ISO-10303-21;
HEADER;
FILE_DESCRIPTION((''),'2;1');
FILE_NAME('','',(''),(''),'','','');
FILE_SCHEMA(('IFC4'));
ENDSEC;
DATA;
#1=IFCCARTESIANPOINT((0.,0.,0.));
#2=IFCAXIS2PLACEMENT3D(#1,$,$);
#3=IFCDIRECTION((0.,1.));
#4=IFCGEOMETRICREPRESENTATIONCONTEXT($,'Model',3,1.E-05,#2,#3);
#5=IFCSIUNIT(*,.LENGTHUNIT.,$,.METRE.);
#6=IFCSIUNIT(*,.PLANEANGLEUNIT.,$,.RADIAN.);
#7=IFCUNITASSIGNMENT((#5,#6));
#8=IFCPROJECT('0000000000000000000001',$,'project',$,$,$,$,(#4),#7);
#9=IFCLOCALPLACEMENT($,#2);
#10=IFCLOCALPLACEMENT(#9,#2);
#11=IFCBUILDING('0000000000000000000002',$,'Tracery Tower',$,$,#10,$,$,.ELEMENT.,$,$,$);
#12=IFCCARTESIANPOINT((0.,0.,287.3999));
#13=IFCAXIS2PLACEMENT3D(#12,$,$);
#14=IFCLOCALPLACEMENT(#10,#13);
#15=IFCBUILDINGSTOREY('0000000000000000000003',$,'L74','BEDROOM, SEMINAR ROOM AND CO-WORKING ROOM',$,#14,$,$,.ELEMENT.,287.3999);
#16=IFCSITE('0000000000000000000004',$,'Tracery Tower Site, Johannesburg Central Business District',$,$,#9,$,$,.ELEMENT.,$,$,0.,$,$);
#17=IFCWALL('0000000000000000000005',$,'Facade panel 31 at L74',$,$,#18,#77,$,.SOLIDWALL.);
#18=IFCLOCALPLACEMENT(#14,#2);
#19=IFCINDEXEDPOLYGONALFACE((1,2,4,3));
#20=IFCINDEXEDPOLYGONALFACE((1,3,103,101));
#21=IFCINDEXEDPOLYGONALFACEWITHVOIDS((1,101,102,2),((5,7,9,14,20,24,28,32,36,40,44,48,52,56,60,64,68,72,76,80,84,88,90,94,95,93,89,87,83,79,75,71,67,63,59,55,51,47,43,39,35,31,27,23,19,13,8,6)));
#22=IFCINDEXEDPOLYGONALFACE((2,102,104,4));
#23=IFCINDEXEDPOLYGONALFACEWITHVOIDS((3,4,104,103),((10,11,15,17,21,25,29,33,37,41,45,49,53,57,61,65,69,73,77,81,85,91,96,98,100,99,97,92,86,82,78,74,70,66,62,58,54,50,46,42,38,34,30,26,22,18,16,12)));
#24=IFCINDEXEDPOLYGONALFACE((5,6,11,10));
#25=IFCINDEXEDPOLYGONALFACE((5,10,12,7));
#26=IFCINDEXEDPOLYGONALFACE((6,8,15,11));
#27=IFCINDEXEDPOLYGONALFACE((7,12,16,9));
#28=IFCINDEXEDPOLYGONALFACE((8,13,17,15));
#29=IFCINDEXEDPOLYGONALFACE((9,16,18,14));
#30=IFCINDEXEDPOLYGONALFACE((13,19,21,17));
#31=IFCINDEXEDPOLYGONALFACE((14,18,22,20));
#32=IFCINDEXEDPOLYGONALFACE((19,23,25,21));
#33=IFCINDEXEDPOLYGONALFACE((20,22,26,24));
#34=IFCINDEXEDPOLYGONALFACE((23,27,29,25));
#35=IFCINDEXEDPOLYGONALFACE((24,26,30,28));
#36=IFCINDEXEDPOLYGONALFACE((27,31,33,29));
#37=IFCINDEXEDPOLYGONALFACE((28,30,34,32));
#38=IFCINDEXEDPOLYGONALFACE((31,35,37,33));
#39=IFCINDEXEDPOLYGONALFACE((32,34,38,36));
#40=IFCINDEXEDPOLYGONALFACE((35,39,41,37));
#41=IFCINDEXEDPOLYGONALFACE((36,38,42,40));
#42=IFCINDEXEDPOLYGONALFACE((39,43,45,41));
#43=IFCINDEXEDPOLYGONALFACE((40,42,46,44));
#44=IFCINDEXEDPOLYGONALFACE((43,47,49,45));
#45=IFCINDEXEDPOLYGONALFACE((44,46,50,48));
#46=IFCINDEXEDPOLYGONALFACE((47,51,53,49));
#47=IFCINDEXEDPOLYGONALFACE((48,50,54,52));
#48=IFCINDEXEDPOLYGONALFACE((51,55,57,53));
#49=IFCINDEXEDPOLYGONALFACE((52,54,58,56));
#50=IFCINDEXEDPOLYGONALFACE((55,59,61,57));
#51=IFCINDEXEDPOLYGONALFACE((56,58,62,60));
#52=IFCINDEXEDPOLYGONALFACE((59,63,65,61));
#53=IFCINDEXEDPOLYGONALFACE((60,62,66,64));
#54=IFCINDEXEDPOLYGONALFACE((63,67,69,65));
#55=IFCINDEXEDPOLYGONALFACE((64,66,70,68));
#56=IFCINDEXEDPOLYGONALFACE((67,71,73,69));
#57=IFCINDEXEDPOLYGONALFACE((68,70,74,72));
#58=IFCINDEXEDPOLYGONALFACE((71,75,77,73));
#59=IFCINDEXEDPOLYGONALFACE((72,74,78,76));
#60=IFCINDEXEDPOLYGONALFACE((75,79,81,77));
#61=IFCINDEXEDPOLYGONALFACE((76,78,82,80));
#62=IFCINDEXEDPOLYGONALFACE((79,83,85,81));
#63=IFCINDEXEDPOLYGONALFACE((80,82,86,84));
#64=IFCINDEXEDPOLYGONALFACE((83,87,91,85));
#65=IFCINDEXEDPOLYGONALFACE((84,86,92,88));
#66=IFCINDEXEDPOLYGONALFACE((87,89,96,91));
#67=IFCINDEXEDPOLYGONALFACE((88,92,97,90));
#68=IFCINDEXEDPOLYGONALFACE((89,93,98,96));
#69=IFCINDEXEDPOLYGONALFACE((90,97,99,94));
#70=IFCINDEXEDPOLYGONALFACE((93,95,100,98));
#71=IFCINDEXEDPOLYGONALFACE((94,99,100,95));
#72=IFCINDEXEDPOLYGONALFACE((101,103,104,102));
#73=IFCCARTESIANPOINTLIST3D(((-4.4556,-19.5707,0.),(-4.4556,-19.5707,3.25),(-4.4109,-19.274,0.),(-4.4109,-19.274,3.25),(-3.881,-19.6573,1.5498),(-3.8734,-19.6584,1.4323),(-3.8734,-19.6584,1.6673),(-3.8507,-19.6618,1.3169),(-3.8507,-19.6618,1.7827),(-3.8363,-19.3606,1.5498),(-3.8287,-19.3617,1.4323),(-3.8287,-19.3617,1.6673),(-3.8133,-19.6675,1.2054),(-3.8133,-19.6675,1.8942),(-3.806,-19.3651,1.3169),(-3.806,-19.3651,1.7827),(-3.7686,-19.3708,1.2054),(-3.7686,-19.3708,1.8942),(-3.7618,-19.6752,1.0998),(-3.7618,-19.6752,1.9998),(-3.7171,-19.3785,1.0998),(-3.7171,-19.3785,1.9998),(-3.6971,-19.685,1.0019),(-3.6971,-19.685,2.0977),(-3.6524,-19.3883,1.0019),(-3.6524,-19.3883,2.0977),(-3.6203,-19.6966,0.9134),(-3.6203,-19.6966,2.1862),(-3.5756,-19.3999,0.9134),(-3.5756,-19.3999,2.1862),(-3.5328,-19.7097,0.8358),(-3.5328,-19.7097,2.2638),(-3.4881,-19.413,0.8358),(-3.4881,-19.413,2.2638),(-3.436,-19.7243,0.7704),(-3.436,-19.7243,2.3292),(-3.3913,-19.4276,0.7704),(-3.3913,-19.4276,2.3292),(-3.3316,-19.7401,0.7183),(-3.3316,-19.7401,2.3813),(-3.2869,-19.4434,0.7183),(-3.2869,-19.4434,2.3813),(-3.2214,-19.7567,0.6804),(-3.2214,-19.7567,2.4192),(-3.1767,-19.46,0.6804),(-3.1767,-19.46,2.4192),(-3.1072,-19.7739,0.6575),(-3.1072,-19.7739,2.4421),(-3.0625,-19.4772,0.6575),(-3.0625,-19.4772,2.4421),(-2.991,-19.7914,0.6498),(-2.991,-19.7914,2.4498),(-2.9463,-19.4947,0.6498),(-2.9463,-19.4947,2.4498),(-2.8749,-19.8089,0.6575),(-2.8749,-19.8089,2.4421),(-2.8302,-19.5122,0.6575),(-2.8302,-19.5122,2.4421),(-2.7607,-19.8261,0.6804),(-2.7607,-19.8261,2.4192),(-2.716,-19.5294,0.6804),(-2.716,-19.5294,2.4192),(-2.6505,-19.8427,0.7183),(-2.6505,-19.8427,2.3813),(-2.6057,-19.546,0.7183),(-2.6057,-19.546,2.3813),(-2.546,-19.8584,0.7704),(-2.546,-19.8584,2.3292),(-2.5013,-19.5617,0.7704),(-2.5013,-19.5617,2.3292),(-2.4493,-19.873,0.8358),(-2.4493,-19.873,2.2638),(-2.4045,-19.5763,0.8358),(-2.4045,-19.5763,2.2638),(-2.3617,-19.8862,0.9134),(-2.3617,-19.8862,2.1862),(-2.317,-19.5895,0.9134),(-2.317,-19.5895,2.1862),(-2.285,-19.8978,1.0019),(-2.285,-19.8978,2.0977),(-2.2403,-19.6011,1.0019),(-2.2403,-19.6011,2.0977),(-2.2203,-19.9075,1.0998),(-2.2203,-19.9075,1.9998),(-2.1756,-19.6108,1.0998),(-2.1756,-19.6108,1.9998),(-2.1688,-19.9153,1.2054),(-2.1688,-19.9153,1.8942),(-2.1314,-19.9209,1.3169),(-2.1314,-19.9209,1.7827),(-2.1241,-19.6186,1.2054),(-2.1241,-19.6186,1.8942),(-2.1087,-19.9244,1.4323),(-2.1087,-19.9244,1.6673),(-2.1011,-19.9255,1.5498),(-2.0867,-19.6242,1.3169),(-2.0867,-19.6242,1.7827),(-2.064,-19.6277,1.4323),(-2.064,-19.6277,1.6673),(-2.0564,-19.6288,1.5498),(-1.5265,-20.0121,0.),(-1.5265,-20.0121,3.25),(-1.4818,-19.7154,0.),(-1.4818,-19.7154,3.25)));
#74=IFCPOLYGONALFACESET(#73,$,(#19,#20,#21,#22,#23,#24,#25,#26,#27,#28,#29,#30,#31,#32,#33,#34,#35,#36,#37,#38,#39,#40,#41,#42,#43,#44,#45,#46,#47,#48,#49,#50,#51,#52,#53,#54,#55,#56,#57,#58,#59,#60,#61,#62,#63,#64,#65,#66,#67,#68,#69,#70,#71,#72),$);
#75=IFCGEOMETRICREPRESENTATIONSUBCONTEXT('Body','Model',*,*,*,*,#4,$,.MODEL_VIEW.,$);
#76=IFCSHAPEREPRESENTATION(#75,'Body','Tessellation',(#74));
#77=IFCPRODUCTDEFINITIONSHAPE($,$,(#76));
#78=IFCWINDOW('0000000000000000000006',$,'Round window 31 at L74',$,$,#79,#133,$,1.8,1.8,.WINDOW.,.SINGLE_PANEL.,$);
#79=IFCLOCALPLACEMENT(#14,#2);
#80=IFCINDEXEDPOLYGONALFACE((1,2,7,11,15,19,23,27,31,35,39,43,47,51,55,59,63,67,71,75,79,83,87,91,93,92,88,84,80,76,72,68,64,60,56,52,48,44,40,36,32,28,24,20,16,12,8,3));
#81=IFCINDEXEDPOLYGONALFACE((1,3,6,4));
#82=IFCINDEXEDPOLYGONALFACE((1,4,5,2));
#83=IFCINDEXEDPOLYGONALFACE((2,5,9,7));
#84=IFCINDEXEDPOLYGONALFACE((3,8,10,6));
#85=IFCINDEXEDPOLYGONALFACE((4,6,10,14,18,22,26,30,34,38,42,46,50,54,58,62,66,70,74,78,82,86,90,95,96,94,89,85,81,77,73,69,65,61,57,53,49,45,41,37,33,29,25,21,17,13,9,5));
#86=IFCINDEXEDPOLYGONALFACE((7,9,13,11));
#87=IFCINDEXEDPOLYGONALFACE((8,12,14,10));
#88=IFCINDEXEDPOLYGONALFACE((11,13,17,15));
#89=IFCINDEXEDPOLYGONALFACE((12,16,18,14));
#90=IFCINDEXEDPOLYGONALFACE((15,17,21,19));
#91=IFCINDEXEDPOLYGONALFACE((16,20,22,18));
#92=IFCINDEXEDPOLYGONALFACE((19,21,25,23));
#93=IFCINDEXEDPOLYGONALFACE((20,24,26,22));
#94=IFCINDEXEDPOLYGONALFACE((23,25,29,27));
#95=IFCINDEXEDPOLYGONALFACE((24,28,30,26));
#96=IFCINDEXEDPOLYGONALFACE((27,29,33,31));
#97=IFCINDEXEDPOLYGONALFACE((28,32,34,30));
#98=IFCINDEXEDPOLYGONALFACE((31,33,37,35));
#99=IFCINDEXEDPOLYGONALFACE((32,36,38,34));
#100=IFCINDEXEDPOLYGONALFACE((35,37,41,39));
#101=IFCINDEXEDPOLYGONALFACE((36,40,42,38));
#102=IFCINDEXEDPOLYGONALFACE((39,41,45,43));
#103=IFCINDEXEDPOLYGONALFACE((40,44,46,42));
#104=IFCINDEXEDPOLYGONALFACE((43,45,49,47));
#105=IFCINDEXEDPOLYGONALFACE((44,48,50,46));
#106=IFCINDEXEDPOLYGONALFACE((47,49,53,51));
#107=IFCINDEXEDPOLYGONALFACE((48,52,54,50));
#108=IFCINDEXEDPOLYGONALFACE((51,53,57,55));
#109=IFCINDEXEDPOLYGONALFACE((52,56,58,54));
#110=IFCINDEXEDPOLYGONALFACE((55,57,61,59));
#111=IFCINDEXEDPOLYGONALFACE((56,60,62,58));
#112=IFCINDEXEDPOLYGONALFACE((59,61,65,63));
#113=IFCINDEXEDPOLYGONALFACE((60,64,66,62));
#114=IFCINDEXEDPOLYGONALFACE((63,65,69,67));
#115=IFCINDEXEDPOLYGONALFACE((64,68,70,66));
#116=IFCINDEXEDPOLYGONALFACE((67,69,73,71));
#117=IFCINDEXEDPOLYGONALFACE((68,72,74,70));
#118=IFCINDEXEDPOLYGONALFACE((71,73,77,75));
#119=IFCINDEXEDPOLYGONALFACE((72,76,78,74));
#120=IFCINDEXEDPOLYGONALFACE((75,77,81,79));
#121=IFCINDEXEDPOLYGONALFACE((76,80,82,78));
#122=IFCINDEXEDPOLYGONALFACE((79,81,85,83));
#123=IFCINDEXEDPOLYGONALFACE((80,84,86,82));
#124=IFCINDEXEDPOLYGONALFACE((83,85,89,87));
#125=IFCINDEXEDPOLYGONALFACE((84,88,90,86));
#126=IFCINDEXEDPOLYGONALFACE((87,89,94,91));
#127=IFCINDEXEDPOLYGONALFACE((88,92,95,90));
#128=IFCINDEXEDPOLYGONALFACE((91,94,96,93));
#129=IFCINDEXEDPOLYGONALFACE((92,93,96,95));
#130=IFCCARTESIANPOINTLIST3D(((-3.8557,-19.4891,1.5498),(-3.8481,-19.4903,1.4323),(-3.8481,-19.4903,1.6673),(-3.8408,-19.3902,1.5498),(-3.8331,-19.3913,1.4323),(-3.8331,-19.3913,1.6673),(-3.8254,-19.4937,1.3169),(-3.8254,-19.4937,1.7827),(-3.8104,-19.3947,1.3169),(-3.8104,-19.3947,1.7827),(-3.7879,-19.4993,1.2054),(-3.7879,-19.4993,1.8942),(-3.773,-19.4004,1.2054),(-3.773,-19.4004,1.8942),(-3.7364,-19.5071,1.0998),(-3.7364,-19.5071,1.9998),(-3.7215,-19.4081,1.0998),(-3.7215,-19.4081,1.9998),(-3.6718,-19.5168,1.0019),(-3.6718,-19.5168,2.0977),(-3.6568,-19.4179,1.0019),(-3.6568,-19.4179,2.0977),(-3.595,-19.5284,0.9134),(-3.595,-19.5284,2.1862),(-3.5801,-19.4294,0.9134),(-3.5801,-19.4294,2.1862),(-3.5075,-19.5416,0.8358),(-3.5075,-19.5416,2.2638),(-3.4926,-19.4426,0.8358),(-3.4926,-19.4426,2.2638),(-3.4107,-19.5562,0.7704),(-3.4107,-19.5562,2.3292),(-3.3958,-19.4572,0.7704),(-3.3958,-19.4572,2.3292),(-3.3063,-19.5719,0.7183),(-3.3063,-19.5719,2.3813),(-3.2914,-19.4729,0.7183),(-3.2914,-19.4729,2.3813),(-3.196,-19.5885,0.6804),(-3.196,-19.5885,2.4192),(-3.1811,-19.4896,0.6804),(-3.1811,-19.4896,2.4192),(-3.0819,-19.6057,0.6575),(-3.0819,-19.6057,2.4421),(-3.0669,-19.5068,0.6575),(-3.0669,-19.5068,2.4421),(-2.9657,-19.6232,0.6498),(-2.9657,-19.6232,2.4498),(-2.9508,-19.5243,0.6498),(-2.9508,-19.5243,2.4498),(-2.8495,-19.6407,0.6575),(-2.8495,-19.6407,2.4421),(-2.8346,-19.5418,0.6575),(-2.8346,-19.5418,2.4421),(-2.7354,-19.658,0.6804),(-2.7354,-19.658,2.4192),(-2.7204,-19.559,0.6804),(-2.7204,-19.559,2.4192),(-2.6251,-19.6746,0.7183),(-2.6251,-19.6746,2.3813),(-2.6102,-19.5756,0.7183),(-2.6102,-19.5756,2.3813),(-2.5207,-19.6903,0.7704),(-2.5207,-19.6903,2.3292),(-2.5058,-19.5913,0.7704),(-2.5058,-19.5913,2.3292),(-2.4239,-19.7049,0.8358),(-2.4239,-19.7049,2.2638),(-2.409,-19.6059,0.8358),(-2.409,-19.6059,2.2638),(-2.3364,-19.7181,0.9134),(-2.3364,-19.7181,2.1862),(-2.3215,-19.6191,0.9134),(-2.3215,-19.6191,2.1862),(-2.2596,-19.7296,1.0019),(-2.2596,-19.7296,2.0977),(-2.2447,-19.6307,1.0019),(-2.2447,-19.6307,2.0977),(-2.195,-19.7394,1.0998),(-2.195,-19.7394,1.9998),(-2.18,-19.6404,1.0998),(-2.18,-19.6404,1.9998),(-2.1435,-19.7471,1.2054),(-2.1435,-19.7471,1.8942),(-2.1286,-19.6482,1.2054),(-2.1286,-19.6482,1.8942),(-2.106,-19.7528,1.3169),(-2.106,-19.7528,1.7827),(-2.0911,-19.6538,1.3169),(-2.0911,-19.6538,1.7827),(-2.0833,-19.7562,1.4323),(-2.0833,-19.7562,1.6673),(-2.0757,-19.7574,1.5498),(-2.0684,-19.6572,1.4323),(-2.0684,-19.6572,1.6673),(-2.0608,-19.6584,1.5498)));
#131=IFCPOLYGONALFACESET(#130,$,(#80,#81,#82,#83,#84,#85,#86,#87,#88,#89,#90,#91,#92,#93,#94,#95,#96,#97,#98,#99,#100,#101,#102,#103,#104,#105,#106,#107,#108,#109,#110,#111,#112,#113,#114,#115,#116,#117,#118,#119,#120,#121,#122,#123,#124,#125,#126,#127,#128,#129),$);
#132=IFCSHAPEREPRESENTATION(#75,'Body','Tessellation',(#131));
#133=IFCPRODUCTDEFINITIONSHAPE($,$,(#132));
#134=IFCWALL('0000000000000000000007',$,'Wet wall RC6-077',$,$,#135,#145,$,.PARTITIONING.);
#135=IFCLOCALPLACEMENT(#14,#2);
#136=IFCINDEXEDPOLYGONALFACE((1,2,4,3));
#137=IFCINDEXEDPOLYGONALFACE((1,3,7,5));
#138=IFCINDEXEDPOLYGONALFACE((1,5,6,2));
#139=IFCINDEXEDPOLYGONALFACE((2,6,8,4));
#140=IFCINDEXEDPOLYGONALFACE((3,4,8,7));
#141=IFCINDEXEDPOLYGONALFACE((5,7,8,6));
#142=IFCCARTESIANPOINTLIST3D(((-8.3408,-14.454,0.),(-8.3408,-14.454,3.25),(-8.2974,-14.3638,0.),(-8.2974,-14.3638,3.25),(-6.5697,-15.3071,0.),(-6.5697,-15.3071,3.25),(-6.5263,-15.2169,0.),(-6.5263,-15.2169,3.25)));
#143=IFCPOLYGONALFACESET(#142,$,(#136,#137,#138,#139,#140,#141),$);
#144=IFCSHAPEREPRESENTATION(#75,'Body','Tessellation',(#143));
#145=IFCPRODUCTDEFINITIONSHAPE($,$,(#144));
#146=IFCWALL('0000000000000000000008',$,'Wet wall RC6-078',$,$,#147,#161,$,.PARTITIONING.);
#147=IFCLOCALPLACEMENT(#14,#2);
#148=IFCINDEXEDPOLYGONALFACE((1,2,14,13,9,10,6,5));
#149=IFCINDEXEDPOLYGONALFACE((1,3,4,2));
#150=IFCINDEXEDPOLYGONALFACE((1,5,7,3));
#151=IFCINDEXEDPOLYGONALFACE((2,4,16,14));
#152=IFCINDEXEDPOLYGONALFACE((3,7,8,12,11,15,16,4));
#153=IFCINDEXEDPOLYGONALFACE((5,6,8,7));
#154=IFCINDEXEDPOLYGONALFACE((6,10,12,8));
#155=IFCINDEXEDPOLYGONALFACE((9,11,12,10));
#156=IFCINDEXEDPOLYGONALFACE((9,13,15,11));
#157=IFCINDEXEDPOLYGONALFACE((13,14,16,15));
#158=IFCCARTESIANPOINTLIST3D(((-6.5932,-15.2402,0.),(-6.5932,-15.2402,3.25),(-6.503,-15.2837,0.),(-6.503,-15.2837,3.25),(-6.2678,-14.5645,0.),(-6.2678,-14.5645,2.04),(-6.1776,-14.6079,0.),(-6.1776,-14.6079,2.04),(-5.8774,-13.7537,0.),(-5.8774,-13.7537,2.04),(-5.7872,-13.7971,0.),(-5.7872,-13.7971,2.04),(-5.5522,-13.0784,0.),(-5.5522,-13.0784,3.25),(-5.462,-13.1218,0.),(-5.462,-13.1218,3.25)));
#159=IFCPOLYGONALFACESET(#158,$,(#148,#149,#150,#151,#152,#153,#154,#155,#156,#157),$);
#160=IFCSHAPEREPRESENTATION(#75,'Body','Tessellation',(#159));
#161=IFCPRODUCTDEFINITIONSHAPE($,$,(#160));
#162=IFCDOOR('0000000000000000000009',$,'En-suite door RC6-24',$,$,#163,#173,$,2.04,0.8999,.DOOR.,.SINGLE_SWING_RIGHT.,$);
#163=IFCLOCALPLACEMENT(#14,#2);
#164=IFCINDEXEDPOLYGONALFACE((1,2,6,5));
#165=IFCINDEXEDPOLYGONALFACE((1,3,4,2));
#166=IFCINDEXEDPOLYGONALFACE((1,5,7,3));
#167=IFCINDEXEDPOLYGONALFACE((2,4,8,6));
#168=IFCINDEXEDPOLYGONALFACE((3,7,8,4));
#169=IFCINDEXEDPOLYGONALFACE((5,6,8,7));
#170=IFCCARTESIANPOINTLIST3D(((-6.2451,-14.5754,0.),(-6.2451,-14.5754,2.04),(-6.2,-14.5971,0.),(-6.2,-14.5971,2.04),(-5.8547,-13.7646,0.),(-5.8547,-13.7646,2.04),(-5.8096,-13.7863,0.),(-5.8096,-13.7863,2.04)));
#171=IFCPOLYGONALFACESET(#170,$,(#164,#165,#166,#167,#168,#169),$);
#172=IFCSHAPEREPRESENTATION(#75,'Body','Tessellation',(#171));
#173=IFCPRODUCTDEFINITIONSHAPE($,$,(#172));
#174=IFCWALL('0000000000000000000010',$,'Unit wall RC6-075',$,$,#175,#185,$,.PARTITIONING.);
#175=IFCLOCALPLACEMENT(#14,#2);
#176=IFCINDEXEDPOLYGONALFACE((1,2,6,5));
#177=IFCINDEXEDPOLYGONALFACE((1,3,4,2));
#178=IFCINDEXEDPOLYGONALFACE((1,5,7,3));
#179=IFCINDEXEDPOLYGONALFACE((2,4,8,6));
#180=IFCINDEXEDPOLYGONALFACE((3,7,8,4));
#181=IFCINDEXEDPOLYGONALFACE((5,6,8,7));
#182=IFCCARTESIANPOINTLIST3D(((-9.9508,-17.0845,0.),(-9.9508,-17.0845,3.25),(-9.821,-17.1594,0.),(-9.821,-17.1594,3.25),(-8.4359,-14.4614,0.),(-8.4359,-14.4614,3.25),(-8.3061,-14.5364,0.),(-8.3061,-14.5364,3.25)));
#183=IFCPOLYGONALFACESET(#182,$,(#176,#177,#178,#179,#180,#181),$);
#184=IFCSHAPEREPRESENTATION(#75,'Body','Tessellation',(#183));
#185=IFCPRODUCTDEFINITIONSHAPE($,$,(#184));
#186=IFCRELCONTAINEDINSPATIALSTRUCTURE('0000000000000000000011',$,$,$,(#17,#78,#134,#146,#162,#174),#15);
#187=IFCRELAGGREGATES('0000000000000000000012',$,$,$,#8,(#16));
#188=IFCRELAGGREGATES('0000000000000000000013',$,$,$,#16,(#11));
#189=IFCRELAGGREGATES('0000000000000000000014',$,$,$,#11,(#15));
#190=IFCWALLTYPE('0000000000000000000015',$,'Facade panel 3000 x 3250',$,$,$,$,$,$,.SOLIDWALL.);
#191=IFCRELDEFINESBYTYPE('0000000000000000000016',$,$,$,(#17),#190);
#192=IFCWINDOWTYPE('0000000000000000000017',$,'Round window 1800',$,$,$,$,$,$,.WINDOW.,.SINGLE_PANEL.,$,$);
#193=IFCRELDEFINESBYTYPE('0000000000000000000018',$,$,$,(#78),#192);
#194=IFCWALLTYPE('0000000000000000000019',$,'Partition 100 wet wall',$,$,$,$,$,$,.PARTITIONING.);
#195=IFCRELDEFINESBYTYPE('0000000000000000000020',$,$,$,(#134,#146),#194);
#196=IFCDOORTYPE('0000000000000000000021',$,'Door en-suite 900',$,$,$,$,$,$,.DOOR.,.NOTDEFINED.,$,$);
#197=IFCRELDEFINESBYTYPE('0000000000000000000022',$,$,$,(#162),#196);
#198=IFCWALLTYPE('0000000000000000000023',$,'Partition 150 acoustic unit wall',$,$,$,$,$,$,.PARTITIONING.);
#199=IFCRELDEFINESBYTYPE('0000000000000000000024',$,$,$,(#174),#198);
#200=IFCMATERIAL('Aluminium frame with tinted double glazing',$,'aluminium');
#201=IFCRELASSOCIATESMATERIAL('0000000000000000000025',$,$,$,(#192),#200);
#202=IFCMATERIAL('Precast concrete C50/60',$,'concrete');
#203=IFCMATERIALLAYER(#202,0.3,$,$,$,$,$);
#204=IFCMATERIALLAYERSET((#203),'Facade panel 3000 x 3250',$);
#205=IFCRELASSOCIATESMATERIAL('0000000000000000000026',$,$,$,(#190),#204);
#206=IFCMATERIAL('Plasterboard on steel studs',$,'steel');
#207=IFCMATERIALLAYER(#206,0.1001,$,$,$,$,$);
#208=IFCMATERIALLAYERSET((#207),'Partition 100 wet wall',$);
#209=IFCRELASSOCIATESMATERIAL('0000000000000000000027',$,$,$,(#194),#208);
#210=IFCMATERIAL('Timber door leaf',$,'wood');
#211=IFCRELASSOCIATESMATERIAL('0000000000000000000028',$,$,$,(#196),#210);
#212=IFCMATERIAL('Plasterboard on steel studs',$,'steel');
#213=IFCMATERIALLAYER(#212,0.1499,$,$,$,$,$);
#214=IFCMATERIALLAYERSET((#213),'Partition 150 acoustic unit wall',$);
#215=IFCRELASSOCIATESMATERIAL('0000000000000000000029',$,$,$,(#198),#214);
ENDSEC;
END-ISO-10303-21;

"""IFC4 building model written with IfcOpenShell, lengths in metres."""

from ifc_helpers import new_model, si_unit, direction, frame, frame_2d, origin, origin_2d, place, context, subcontext, project, spatial, rectangle, circle, extrude, material, layer, layer_set, type_object, element, fill, save


model = new_model("IFC4")

# Units and contexts
model_context = context("Model", 3, precision=1e-05, world=origin(), true_north=direction((0.0, 1.0)))
body_context = subcontext(model_context, "Body", "Model", "MODEL_VIEW")
ifc_project = project(units=[si_unit("LENGTHUNIT", "METRE"), si_unit("PLANEANGLEUNIT", "RADIAN")], contexts=[model_context])

# Site, building, storey
site_placement = place(None, origin())
site = spatial("IfcSite", under=ifc_project, at=site_placement, Name="Tracery Tower Site, Johannesburg Central Business District", CompositionType="ELEMENT", RefElevation=0.0)
building_placement = place(site_placement, origin())
building = spatial("IfcBuilding", under=site, at=building_placement, Name="Tracery Tower", CompositionType="ELEMENT")
storey_placement = place(building_placement, frame((0.0, 0.0, 287.3999)))
storey = spatial("IfcBuildingStorey", under=building, at=storey_placement, Name="L74", Description="BEDROOM, SEMINAR ROOM AND CO-WORKING ROOM", CompositionType="ELEMENT", Elevation=287.3999)

# Wall, opening, window
ifc_material_1 = material(Name="Aluminium frame with tinted double glazing", Category="aluminium")
window_type = type_object("IfcWindowType", Name="Round window 1800", PartitioningType="SINGLE_PANEL", PredefinedType="WINDOW", material=ifc_material_1)
ifc_material_2 = material(Name="Precast concrete C50/60", Category="concrete")
ifc_layer_1 = layer(ifc_material_2, 0.3)
ifc_layer_set_1 = layer_set([ifc_layer_1], Name="Facade panel 3000 x 3250")
wall_type_1 = type_object("IfcWallType", Name="Facade panel 3000 x 3250", PredefinedType="SOLIDWALL", material=ifc_layer_set_1)
wall_1_placement = place(storey_placement, frame((-4.4331, -19.4224, 0.0), z_axis=(0.0, 0.0, 1.0), x_axis=(0.988836, -0.149009, 0.0)))
wall_1 = element("IfcWall", 1, at=wall_1_placement, inside=storey, type_object=wall_type_1, Name="Facade panel 31 at L74", PredefinedType="SOLIDWALL", context=body_context, shape_type="SweptSolid", body=[
    extrude(rectangle(XDim=2.9622, YDim=0.3, at=frame_2d((1.481, 0.0))), origin(), (0.0, 0.0, 1.0), 3.25),
])
opening_1_placement = place(wall_1_placement, frame((1.481, 0.0, 1.5498)))
opening_1 = element("IfcOpeningElement", 2, at=opening_1_placement, cuts=wall_1, PredefinedType="OPENING", context=body_context, shape_type="SweptSolid", body=[
    extrude(circle(Radius=0.9, at=origin_2d()), frame((0.0, 0.1599, 0.0), z_axis=(0.0, -1.0, 0.0), x_axis=(1.0, 0.0, 0.0)), (0.0, 0.0, 1.0), 0.3201),
])
window_1_placement = place(opening_1_placement, origin())
window_1 = element("IfcWindow", 3, at=window_1_placement, inside=storey, type_object=window_type, Name="Round window 31 at L74", OverallHeight=1.8, OverallWidth=1.8, PartitioningType="SINGLE_PANEL", PredefinedType="WINDOW", context=body_context, shape_type="SweptSolid", body=[
    extrude(circle(Radius=0.9, at=origin_2d()), frame((0.0, 0.1201, 0.0), z_axis=(0.0, -1.0, 0.0), x_axis=(1.0, 0.0, 0.0)), (0.0, 0.0, 1.0), 0.1001),
])
fill(opening_1, window_1)

# Wall
ifc_material_3 = material(Name="Plasterboard on steel studs", Category="steel")
ifc_layer_2 = layer(ifc_material_3, 0.1001)
ifc_layer_set_2 = layer_set([ifc_layer_2], Name="Partition 100 wet wall")
wall_type_2 = type_object("IfcWallType", Name="Partition 100 wet wall", PredefinedType="PARTITIONING", material=ifc_layer_set_2)
wall_2_placement = place(storey_placement, frame((-8.3191, -14.4089, 0.0), z_axis=(0.0, 0.0, 1.0), x_axis=(0.900937, -0.43395, 0.0)))
element("IfcWall", 4, at=wall_2_placement, inside=storey, type_object=wall_type_2, Name="Wet wall RC6-077", PredefinedType="PARTITIONING", context=body_context, shape_type="SweptSolid", body=[
    extrude(rectangle(XDim=1.9658, YDim=0.1001, at=frame_2d((0.9829, 0.0))), origin(), (0.0, 0.0, 1.0), 3.25),
])

# Wall, opening, door
wall_3_placement = place(storey_placement, frame((-6.5481, -15.262, 0.0), z_axis=(0.0, 0.0, 1.0), x_axis=(0.433855, 0.900983, 0.0)))
wall_3 = element("IfcWall", 5, at=wall_3_placement, inside=storey, type_object=wall_type_2, Name="Wet wall RC6-078", PredefinedType="PARTITIONING", context=body_context, shape_type="SweptSolid", body=[
    extrude(rectangle(XDim=2.3994, YDim=0.1001, at=frame_2d((1.1997, 0.0))), origin(), (0.0, 0.0, 1.0), 3.25),
])
opening_2_placement = place(wall_3_placement, frame((0.75, 0.0, 0.0)))
opening_2 = element("IfcOpeningElement", 6, at=opening_2_placement, cuts=wall_3, PredefinedType="OPENING", context=body_context, shape_type="SweptSolid", body=[
    extrude(rectangle(XDim=0.8999, YDim=2.04, at=frame_2d((0.45, 1.02))), frame((0.0, 0.05, 0.0), z_axis=(0.0, -1.0, 0.0), x_axis=(1.0, 0.0, 0.0)), (0.0, 0.0, 1.0), 0.1001),
])
ifc_material_4 = material(Name="Timber door leaf", Category="wood")
door_type_1 = type_object("IfcDoorType", Name="Door en-suite 900", OperationType="NOTDEFINED", PredefinedType="DOOR", material=ifc_material_4)
door_1_placement = place(opening_2_placement, origin())
door_1 = element("IfcDoor", 7, at=door_1_placement, inside=storey, type_object=door_type_1, Name="En-suite door RC6-24", OperationType="SINGLE_SWING_RIGHT", OverallHeight=2.04, OverallWidth=0.8999, PredefinedType="DOOR", context=body_context, shape_type="SweptSolid", body=[
    extrude(rectangle(XDim=0.8999, YDim=2.04, at=frame_2d((0.45, 1.02))), frame((0.0, 0.0249, 0.0), z_axis=(0.0, -1.0, 0.0), x_axis=(1.0, 0.0, 0.0)), (0.0, 0.0, 1.0), 0.05),
])
fill(opening_2, door_1)

# Wall
ifc_material_5 = material(Name="Plasterboard on steel studs", Category="steel")
ifc_layer_3 = layer(ifc_material_5, 0.1499)
ifc_layer_set_3 = layer_set([ifc_layer_3], Name="Partition 150 acoustic unit wall")
wall_type_3 = type_object("IfcWallType", Name="Partition 150 acoustic unit wall", PredefinedType="PARTITIONING", material=ifc_layer_set_3)
wall_4_placement = place(storey_placement, frame((-9.886, -17.1221, 0.0), z_axis=(0.0, 0.0, 1.0), x_axis=(0.500118, 0.865957, 0.0)))
element("IfcWall", 8, at=wall_4_placement, inside=storey, type_object=wall_type_3, Name="Unit wall RC6-075", PredefinedType="PARTITIONING", context=body_context, shape_type="SweptSolid", body=[
    extrude(rectangle(XDim=3.0291, YDim=0.1499, at=frame_2d((1.5146, 0.0))), origin(), (0.0, 0.0, 1.0), 3.25),
])

save(model, "model.ifc")
